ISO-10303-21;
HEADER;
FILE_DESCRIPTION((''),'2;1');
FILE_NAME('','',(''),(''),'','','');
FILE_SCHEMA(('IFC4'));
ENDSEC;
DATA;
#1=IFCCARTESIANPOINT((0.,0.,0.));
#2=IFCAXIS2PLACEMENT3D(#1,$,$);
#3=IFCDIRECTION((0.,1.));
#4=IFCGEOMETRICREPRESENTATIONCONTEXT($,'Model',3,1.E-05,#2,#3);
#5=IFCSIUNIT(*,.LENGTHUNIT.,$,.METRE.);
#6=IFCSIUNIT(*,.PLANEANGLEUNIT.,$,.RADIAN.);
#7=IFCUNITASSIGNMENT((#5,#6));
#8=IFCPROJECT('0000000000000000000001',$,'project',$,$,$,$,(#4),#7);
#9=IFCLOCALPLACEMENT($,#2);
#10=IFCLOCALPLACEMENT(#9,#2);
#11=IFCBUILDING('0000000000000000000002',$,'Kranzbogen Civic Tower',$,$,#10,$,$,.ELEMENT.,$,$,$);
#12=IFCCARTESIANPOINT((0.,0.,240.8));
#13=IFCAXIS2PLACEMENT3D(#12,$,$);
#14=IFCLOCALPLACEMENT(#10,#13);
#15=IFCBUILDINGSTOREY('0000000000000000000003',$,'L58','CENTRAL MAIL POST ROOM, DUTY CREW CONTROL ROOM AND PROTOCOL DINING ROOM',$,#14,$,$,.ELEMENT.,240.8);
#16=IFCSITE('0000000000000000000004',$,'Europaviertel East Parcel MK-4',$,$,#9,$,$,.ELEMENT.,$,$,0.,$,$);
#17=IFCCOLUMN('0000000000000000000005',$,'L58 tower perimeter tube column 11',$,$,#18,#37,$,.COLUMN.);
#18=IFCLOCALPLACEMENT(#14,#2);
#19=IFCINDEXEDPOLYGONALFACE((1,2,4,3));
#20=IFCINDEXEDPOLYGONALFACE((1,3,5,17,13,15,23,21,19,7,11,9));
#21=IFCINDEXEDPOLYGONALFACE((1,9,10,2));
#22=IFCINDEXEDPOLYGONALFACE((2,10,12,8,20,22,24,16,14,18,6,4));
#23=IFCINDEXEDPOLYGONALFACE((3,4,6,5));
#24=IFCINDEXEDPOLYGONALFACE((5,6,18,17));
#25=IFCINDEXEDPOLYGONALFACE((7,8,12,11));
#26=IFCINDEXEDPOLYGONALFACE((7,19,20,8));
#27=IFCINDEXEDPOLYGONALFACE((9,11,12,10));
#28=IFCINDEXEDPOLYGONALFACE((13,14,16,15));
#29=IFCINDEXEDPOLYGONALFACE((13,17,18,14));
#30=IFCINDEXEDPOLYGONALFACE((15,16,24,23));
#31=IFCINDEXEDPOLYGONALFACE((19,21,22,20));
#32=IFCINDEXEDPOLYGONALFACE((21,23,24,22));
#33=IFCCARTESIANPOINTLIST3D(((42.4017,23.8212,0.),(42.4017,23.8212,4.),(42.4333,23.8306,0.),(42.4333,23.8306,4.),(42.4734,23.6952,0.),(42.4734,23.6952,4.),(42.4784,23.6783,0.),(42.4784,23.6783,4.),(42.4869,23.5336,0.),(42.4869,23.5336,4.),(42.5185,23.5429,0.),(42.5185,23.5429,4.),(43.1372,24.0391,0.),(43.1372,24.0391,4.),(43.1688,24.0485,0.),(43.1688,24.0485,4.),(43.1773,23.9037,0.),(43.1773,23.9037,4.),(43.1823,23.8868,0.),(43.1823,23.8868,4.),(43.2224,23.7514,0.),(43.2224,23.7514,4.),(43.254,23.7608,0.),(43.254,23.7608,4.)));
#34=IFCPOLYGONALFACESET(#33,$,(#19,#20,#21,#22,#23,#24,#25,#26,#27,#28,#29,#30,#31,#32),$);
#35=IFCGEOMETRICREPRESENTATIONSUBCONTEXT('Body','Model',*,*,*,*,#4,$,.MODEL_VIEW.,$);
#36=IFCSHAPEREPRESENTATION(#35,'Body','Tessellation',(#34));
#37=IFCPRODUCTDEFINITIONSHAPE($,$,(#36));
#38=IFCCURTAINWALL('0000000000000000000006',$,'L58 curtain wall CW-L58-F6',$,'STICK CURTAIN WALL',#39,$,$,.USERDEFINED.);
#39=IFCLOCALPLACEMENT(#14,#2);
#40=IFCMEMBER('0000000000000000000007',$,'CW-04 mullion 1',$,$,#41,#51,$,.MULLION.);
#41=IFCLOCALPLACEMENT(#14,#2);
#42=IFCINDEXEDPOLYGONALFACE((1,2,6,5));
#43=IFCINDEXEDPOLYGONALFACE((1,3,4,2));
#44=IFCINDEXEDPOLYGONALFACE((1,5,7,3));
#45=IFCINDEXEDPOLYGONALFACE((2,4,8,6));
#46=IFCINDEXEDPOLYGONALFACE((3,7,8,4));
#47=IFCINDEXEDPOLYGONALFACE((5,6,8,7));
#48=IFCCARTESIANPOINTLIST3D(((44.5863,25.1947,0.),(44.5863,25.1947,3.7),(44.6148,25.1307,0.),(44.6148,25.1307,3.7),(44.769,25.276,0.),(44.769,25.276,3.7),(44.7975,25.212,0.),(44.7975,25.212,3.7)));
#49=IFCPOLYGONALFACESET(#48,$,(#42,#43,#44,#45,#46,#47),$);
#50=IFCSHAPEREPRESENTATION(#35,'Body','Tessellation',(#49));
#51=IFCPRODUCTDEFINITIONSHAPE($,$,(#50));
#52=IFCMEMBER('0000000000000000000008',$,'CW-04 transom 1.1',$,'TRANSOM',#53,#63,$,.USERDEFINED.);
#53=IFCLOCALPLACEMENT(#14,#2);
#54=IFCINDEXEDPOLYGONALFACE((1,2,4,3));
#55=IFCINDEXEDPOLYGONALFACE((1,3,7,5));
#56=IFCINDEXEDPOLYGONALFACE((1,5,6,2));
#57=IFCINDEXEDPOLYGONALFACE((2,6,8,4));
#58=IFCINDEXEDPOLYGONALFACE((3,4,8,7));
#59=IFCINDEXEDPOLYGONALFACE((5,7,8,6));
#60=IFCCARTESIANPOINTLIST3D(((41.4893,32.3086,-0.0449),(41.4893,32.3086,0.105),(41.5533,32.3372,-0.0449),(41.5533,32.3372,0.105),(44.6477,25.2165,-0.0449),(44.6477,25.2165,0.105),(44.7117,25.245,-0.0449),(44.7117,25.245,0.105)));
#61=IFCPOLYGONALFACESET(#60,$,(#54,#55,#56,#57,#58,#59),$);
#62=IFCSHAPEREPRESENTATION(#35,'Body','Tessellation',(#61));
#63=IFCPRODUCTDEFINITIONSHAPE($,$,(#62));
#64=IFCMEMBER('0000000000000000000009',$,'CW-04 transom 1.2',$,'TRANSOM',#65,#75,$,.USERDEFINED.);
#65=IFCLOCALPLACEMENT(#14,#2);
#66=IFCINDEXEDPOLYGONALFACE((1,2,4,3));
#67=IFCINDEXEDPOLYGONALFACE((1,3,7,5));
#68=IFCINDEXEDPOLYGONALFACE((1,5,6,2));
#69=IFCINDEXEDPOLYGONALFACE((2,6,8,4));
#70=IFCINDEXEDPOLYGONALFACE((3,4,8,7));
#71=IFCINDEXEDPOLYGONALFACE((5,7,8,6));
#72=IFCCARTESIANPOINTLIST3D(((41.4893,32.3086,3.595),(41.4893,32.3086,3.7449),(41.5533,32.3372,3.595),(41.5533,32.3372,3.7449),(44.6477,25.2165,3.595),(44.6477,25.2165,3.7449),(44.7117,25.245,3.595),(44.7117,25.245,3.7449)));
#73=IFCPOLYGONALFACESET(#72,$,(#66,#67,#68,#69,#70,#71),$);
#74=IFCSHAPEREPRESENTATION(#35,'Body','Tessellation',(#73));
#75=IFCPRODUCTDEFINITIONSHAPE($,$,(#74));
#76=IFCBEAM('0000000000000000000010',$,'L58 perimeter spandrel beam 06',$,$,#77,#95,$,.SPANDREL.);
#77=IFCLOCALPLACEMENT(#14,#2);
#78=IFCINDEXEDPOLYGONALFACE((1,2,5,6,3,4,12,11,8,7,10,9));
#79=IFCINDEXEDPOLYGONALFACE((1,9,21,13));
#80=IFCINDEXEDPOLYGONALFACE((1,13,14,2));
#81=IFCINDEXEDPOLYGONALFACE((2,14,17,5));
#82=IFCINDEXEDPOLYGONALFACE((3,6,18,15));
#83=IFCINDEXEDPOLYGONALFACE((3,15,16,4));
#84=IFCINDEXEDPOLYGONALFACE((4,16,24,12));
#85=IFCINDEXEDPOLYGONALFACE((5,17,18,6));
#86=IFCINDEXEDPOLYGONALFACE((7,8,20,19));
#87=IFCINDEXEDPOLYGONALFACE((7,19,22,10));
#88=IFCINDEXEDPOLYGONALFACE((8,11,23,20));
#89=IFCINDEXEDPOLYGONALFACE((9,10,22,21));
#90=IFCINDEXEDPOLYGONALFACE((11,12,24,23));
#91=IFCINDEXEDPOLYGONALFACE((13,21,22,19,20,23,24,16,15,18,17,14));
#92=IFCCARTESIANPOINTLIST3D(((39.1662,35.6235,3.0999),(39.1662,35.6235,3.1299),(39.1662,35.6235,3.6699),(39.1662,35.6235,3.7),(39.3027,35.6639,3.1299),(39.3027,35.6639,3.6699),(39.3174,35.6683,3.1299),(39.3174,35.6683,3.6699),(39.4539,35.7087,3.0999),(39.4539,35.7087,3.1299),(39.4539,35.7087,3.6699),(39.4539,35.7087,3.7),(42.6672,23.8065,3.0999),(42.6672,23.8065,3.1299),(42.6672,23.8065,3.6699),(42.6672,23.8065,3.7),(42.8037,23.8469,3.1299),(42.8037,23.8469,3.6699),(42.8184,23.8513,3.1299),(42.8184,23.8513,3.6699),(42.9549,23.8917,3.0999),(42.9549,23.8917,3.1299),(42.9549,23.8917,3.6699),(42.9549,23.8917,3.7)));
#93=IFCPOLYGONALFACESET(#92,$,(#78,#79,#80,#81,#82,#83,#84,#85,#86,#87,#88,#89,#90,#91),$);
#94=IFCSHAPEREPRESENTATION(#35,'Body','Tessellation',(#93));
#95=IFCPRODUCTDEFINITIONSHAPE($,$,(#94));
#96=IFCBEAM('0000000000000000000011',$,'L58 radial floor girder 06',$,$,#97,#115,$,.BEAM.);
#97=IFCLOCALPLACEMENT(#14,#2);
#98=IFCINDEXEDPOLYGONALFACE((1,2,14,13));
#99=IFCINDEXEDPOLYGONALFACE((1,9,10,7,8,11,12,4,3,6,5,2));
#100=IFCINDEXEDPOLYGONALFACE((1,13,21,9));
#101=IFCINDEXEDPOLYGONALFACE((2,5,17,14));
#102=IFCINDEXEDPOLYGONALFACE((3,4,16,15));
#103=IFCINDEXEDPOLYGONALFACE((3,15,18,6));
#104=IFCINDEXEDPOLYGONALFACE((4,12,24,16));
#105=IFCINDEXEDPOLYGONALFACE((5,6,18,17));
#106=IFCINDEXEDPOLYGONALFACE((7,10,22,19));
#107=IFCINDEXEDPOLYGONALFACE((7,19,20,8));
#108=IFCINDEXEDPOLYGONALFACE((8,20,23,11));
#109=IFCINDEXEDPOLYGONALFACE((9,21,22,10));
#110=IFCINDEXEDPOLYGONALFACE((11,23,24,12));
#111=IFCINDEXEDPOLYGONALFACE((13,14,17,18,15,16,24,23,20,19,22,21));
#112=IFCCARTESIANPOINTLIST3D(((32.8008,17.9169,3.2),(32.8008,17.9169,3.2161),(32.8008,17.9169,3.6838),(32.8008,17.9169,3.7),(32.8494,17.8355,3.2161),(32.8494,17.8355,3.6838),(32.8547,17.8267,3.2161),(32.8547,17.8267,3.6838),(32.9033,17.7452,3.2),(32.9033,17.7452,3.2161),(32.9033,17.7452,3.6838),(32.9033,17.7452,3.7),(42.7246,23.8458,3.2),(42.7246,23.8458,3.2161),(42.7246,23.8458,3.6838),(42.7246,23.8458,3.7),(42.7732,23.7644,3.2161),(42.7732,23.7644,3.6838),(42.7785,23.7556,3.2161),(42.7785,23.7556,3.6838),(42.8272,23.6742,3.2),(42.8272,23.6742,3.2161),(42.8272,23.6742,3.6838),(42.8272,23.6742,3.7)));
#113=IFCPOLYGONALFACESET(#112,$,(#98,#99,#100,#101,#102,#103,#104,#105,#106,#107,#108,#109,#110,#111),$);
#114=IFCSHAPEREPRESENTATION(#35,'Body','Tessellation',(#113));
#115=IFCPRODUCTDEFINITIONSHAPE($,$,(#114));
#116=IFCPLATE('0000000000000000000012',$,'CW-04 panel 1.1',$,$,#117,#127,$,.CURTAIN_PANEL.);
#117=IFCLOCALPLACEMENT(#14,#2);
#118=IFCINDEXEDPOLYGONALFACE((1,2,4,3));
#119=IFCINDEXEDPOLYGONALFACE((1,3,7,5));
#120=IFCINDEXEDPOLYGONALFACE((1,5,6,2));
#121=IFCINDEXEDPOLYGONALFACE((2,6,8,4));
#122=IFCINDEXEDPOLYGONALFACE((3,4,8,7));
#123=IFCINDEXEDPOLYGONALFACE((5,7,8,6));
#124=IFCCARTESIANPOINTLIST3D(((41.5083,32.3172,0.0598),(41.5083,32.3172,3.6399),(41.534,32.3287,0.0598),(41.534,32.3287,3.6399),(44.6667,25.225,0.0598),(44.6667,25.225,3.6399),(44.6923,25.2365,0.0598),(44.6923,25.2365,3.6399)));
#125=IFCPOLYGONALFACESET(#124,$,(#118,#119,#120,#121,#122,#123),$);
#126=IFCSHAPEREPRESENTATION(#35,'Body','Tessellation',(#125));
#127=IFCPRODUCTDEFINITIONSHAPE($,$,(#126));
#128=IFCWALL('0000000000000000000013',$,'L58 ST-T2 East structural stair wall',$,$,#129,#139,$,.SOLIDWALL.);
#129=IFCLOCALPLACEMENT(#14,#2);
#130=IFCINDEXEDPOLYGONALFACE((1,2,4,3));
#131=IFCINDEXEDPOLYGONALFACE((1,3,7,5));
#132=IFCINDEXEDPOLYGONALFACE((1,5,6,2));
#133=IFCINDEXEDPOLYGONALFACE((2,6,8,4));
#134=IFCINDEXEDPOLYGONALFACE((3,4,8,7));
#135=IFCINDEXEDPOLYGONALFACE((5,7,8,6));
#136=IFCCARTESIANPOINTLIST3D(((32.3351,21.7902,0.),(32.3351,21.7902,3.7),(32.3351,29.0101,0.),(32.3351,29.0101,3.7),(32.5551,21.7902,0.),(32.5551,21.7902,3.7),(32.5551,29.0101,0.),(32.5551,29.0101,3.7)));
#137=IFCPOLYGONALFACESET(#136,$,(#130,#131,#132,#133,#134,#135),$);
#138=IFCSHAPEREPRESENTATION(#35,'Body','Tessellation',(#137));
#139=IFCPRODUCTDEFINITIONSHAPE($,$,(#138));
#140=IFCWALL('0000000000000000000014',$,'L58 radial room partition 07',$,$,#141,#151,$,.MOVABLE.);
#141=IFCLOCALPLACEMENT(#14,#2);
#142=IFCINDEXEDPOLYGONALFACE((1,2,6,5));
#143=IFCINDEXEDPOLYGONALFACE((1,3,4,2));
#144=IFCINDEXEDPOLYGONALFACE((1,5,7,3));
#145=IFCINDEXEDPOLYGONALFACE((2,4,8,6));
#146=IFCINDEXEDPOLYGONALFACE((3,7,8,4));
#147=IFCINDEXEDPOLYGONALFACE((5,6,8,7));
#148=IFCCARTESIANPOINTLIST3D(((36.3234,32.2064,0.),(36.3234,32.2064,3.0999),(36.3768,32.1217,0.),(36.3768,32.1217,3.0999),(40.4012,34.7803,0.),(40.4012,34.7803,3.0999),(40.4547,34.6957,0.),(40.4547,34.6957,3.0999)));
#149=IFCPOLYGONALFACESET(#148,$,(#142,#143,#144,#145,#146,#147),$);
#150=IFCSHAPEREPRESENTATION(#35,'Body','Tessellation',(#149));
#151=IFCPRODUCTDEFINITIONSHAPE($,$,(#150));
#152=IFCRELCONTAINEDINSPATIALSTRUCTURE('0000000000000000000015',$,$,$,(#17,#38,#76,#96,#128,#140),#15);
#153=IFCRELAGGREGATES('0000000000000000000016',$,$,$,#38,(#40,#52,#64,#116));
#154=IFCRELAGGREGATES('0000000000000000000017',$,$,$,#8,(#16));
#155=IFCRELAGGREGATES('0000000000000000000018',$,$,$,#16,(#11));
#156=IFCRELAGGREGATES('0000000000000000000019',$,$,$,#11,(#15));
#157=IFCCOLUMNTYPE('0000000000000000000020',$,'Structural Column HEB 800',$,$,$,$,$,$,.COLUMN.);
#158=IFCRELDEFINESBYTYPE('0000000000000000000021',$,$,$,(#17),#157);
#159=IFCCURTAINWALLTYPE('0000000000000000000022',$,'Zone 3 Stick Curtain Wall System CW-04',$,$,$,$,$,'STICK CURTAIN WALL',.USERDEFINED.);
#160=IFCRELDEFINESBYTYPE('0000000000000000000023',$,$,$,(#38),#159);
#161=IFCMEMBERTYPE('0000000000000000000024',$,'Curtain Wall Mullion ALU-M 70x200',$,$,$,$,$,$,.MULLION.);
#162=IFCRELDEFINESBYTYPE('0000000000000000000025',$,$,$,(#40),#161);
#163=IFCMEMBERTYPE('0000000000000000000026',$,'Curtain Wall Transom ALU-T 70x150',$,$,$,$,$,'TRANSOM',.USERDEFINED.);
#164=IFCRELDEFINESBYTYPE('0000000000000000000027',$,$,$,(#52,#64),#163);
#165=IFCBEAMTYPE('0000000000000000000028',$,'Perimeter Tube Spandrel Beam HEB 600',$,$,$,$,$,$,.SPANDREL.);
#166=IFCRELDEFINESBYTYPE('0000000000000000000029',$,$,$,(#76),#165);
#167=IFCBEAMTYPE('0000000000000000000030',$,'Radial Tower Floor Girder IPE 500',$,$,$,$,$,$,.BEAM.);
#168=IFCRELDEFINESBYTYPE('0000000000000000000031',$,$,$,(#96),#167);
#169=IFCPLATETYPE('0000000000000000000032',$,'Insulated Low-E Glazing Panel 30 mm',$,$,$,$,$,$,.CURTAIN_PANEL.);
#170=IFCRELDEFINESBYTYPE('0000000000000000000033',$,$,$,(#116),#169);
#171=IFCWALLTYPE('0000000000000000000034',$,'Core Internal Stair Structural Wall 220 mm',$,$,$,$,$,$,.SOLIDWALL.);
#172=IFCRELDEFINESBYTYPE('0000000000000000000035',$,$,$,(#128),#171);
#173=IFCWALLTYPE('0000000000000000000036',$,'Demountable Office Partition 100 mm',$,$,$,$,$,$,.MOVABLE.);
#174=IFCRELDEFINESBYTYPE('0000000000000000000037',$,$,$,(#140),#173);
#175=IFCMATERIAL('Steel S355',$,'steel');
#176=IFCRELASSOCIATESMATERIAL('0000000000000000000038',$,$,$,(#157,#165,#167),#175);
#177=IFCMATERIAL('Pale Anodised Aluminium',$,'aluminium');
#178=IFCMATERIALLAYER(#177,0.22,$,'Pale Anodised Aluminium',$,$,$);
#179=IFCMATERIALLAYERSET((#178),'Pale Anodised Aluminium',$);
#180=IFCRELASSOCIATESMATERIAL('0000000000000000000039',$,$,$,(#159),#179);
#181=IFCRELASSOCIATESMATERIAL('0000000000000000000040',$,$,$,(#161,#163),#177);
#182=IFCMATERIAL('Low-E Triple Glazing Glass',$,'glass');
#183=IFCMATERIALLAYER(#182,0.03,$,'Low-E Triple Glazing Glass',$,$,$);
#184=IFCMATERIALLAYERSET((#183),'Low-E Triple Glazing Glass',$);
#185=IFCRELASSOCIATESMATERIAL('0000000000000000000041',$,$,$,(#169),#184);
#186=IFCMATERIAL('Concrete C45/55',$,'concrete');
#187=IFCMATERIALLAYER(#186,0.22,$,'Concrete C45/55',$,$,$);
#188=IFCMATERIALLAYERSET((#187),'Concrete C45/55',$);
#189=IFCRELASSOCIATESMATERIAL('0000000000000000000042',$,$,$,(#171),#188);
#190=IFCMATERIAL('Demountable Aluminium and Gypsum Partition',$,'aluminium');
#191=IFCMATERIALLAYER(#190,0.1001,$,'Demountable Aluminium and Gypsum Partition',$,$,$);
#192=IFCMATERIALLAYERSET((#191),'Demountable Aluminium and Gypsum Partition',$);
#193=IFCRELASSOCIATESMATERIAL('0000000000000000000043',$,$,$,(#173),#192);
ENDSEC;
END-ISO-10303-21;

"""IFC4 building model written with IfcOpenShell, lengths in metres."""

from ifc_helpers import new_model, si_unit, direction, frame, frame_2d, origin, origin_2d, place, context, subcontext, project, spatial, rectangle, i_section, extrude, material, layer, layer_set, material_profile, profile_set, type_object, element, aggregate, save


model = new_model("IFC4")

# Units and contexts
model_context = context("Model", 3, precision=1e-05, world=origin(), true_north=direction((0.0, 1.0)))
body_context = subcontext(model_context, "Body", "Model", "MODEL_VIEW")
ifc_project = project(units=[si_unit("LENGTHUNIT", "METRE"), si_unit("PLANEANGLEUNIT", "RADIAN")], contexts=[model_context])

# Site, building, storey
site_placement = place(None, origin())
site = spatial("IfcSite", under=ifc_project, at=site_placement, Name="Europaviertel East Parcel MK-4", CompositionType="ELEMENT", RefElevation=0.0)
building_placement = place(site_placement, origin())
building = spatial("IfcBuilding", under=site, at=building_placement, Name="Kranzbogen Civic Tower", CompositionType="ELEMENT")
storey_placement = place(building_placement, frame((0.0, 0.0, 240.8)))
storey = spatial("IfcBuildingStorey", under=building, at=storey_placement, Name="L58", Description="CENTRAL MAIL POST ROOM, DUTY CREW CONTROL ROOM AND PROTOCOL DINING ROOM", CompositionType="ELEMENT", Elevation=240.8)

# Column
ifc_material_1 = material(Name="Steel S355", Category="steel")
ifc_material_profile_1 = material_profile(ifc_material_1, i_section(OverallWidth=0.3, OverallDepth=0.8, WebThickness=0.0176, FlangeThickness=0.033, at=origin_2d()), Name="HEB 800")
ifc_profile_set_1 = profile_set([ifc_material_profile_1], Name="Steel S355")
column_type = type_object("IfcColumnType", Name="Structural Column HEB 800", PredefinedType="COLUMN", material=ifc_profile_set_1)
column_placement = place(storey_placement, frame((42.8279, 23.791, 0.0), z_axis=(0.0, 0.0, 1.0), x_axis=(-0.284015, 0.95882, 0.0)))
element("IfcColumn", 1, at=column_placement, inside=storey, type_object=column_type, Name="L58 tower perimeter tube column 11", PredefinedType="COLUMN", context=body_context, shape_type="SweptSolid", body=[
    extrude(i_section(OverallWidth=0.3, OverallDepth=0.8, WebThickness=0.0176, FlangeThickness=0.033, at=origin_2d()), origin(), (0.0, 0.0, 1.0), 4.0),
])

# Curtain wall, members
ifc_material_2 = material(Name="Pale Anodised Aluminium", Category="aluminium")
ifc_layer_1 = layer(ifc_material_2, 0.22, Name="Pale Anodised Aluminium")
ifc_layer_set_1 = layer_set([ifc_layer_1], Name="Pale Anodised Aluminium")
curtain_wall_type = type_object("IfcCurtainWallType", Name="Zone 3 Stick Curtain Wall System CW-04", ElementType="STICK CURTAIN WALL", PredefinedType="USERDEFINED", material=ifc_layer_set_1)
curtain_wall_placement = place(storey_placement, origin())
curtain_wall = element("IfcCurtainWall", 2, at=curtain_wall_placement, inside=storey, type_object=curtain_wall_type, Name="L58 curtain wall CW-L58-F6", ObjectType="STICK CURTAIN WALL", PredefinedType="USERDEFINED")
ifc_material_profile_2 = material_profile(ifc_material_2, rectangle(XDim=0.0701, YDim=0.2, at=origin_2d()), Name="ALU-M 70x200")
ifc_profile_set_2 = profile_set([ifc_material_profile_2], Name="Pale Anodised Aluminium")
member_type_1 = type_object("IfcMemberType", Name="Curtain Wall Mullion ALU-M 70x200", PredefinedType="MULLION", material=ifc_profile_set_2)
member_1_placement = place(storey_placement, frame((44.6919, 25.2034, 0.0), z_axis=(0.0, 0.0, 1.0), x_axis=(-0.406812, 0.913512, 0.0)))
member_1 = element("IfcMember", 3, at=member_1_placement, type_object=member_type_1, Name="CW-04 mullion 1", PredefinedType="MULLION", context=body_context, shape_type="SweptSolid", body=[
    extrude(rectangle(XDim=0.0701, YDim=0.2, at=origin_2d()), origin(), (0.0, 0.0, 1.0), 3.7),
])
ifc_material_profile_3 = material_profile(ifc_material_2, rectangle(XDim=0.0701, YDim=0.1499, at=origin_2d()), Name="ALU-T 70x150")
ifc_profile_set_3 = profile_set([ifc_material_profile_3], Name="Pale Anodised Aluminium")
member_type_2 = type_object("IfcMemberType", Name="Curtain Wall Transom ALU-T 70x150", ElementType="TRANSOM", PredefinedType="USERDEFINED", material=ifc_profile_set_3)
member_2_placement = place(storey_placement, frame((44.6797, 25.2307, 0.03), z_axis=(-0.406818, 0.913509, 0.0), x_axis=(-0.913509, -0.406818, 0.0)))
member_2 = element("IfcMember", 4, at=member_2_placement, type_object=member_type_2, Name="CW-04 transom 1.1", ObjectType="TRANSOM", PredefinedType="USERDEFINED", context=body_context, shape_type="SweptSolid", body=[
    extrude(rectangle(XDim=0.0701, YDim=0.1499, at=origin_2d()), origin(), (0.0, 0.0, 1.0), 7.7637),
])
member_3_placement = place(storey_placement, frame((44.6797, 25.2307, 3.6699), z_axis=(-0.406818, 0.913509, 0.0), x_axis=(-0.913509, -0.406818, 0.0)))
member_3 = element("IfcMember", 5, at=member_3_placement, type_object=member_type_2, Name="CW-04 transom 1.2", ObjectType="TRANSOM", PredefinedType="USERDEFINED", context=body_context, shape_type="SweptSolid", body=[
    extrude(rectangle(XDim=0.0701, YDim=0.1499, at=origin_2d()), origin(), (0.0, 0.0, 1.0), 7.7637),
])

# Beams
ifc_material_profile_4 = material_profile(ifc_material_1, i_section(OverallWidth=0.3, OverallDepth=0.6001, WebThickness=0.0154, FlangeThickness=0.03, at=origin_2d()), Name="HEB 600")
ifc_profile_set_4 = profile_set([ifc_material_profile_4], Name="Steel S355")
beam_type_1 = type_object("IfcBeamType", Name="Perimeter Tube Spandrel Beam HEB 600", PredefinedType="SPANDREL", material=ifc_profile_set_4)
beam_1_placement = place(storey_placement, frame((42.811, 23.8491, 3.3999), z_axis=(-0.284064, 0.958805, 0.0), x_axis=(-0.958805, -0.284064, 0.0)))
element("IfcBeam", 6, at=beam_1_placement, inside=storey, type_object=beam_type_1, Name="L58 perimeter spandrel beam 06", PredefinedType="SPANDREL", context=body_context, shape_type="SweptSolid", body=[
    extrude(i_section(OverallWidth=0.3, OverallDepth=0.6001, WebThickness=0.0154, FlangeThickness=0.03, at=origin_2d()), origin(), (0.0, 0.0, 1.0), 12.3247),
])
ifc_material_profile_5 = material_profile(ifc_material_1, i_section(OverallWidth=0.2, OverallDepth=0.5, WebThickness=0.0103, FlangeThickness=0.0161, at=origin_2d()), Name="IPE 500")
ifc_profile_set_5 = profile_set([ifc_material_profile_5], Name="Steel S355")
beam_type_2 = type_object("IfcBeamType", Name="Radial Tower Floor Girder IPE 500", PredefinedType="BEAM", material=ifc_profile_set_5)
beam_2_placement = place(storey_placement, frame((42.7759, 23.76, 3.45), z_axis=(-0.858459, -0.512883, 0.0), x_axis=(0.512883, -0.858459, 0.0)))
element("IfcBeam", 7, at=beam_2_placement, inside=storey, type_object=beam_type_2, Name="L58 radial floor girder 06", PredefinedType="BEAM", context=body_context, shape_type="SweptSolid", body=[
    extrude(i_section(OverallWidth=0.2, OverallDepth=0.5, WebThickness=0.0103, FlangeThickness=0.0161, at=origin_2d()), origin(), (0.0, 0.0, 1.0), 11.5601),
])

# Plate
ifc_material_3 = material(Name="Low-E Triple Glazing Glass", Category="glass")
ifc_layer_2 = layer(ifc_material_3, 0.03, Name="Low-E Triple Glazing Glass")
ifc_layer_set_2 = layer_set([ifc_layer_2], Name="Low-E Triple Glazing Glass")
plate_type = type_object("IfcPlateType", Name="Insulated Low-E Glazing Panel 30 mm", PredefinedType="CURTAIN_PANEL", material=ifc_layer_set_2)
plate_placement = place(storey_placement, frame((43.1003, 28.7769, 0.0598), z_axis=(0.0, 0.0, 1.0), x_axis=(-0.406812, 0.913512, 0.0)))
plate = element("IfcPlate", 8, at=plate_placement, type_object=plate_type, Name="CW-04 panel 1.1", PredefinedType="CURTAIN_PANEL", context=body_context, shape_type="SweptSolid", body=[
    extrude(rectangle(XDim=7.7637, YDim=0.0281, at=origin_2d()), origin(), (0.0, 0.0, 1.0), 3.5801),
])
aggregate(curtain_wall, [member_1, member_2, member_3, plate])

# Walls
ifc_material_4 = material(Name="Concrete C45/55", Category="concrete")
ifc_layer_3 = layer(ifc_material_4, 0.22, Name="Concrete C45/55")
ifc_layer_set_3 = layer_set([ifc_layer_3], Name="Concrete C45/55")
wall_type_1 = type_object("IfcWallType", Name="Core Internal Stair Structural Wall 220 mm", PredefinedType="SOLIDWALL", material=ifc_layer_set_3)
wall_1_placement = place(storey_placement, frame((32.4451, 29.01, 0.0), z_axis=(0.0, 0.0, 1.0), x_axis=(0.0, -1.0, 0.0)))
element("IfcWall", 9, at=wall_1_placement, inside=storey, type_object=wall_type_1, Name="L58 ST-T2 East structural stair wall", PredefinedType="SOLIDWALL", context=body_context, shape_type="SweptSolid", body=[
    extrude(rectangle(XDim=7.22, YDim=0.22, at=frame_2d((3.6099, 0.0))), origin(), (0.0, 0.0, 1.0), 3.7),
])
ifc_material_5 = material(Name="Demountable Aluminium and Gypsum Partition", Category="aluminium")
ifc_layer_4 = layer(ifc_material_5, 0.1001, Name="Demountable Aluminium and Gypsum Partition")
ifc_layer_set_4 = layer_set([ifc_layer_4], Name="Demountable Aluminium and Gypsum Partition")
wall_type_2 = type_object("IfcWallType", Name="Demountable Office Partition 100 mm", PredefinedType="MOVABLE", material=ifc_layer_set_4)
wall_2_placement = place(storey_placement, frame((36.3501, 32.1641, 0.0), z_axis=(0.0, 0.0, 1.0), x_axis=(0.845632, 0.533766, 0.0)))
element("IfcWall", 10, at=wall_2_placement, inside=storey, type_object=wall_type_2, Name="L58 radial room partition 07", PredefinedType="MOVABLE", context=body_context, shape_type="SweptSolid", body=[
    extrude(rectangle(XDim=4.8223, YDim=0.1001, at=frame_2d((2.4111, 0.0))), origin(), (0.0, 0.0, 1.0), 3.0999),
])

save(model, "model.ifc")
